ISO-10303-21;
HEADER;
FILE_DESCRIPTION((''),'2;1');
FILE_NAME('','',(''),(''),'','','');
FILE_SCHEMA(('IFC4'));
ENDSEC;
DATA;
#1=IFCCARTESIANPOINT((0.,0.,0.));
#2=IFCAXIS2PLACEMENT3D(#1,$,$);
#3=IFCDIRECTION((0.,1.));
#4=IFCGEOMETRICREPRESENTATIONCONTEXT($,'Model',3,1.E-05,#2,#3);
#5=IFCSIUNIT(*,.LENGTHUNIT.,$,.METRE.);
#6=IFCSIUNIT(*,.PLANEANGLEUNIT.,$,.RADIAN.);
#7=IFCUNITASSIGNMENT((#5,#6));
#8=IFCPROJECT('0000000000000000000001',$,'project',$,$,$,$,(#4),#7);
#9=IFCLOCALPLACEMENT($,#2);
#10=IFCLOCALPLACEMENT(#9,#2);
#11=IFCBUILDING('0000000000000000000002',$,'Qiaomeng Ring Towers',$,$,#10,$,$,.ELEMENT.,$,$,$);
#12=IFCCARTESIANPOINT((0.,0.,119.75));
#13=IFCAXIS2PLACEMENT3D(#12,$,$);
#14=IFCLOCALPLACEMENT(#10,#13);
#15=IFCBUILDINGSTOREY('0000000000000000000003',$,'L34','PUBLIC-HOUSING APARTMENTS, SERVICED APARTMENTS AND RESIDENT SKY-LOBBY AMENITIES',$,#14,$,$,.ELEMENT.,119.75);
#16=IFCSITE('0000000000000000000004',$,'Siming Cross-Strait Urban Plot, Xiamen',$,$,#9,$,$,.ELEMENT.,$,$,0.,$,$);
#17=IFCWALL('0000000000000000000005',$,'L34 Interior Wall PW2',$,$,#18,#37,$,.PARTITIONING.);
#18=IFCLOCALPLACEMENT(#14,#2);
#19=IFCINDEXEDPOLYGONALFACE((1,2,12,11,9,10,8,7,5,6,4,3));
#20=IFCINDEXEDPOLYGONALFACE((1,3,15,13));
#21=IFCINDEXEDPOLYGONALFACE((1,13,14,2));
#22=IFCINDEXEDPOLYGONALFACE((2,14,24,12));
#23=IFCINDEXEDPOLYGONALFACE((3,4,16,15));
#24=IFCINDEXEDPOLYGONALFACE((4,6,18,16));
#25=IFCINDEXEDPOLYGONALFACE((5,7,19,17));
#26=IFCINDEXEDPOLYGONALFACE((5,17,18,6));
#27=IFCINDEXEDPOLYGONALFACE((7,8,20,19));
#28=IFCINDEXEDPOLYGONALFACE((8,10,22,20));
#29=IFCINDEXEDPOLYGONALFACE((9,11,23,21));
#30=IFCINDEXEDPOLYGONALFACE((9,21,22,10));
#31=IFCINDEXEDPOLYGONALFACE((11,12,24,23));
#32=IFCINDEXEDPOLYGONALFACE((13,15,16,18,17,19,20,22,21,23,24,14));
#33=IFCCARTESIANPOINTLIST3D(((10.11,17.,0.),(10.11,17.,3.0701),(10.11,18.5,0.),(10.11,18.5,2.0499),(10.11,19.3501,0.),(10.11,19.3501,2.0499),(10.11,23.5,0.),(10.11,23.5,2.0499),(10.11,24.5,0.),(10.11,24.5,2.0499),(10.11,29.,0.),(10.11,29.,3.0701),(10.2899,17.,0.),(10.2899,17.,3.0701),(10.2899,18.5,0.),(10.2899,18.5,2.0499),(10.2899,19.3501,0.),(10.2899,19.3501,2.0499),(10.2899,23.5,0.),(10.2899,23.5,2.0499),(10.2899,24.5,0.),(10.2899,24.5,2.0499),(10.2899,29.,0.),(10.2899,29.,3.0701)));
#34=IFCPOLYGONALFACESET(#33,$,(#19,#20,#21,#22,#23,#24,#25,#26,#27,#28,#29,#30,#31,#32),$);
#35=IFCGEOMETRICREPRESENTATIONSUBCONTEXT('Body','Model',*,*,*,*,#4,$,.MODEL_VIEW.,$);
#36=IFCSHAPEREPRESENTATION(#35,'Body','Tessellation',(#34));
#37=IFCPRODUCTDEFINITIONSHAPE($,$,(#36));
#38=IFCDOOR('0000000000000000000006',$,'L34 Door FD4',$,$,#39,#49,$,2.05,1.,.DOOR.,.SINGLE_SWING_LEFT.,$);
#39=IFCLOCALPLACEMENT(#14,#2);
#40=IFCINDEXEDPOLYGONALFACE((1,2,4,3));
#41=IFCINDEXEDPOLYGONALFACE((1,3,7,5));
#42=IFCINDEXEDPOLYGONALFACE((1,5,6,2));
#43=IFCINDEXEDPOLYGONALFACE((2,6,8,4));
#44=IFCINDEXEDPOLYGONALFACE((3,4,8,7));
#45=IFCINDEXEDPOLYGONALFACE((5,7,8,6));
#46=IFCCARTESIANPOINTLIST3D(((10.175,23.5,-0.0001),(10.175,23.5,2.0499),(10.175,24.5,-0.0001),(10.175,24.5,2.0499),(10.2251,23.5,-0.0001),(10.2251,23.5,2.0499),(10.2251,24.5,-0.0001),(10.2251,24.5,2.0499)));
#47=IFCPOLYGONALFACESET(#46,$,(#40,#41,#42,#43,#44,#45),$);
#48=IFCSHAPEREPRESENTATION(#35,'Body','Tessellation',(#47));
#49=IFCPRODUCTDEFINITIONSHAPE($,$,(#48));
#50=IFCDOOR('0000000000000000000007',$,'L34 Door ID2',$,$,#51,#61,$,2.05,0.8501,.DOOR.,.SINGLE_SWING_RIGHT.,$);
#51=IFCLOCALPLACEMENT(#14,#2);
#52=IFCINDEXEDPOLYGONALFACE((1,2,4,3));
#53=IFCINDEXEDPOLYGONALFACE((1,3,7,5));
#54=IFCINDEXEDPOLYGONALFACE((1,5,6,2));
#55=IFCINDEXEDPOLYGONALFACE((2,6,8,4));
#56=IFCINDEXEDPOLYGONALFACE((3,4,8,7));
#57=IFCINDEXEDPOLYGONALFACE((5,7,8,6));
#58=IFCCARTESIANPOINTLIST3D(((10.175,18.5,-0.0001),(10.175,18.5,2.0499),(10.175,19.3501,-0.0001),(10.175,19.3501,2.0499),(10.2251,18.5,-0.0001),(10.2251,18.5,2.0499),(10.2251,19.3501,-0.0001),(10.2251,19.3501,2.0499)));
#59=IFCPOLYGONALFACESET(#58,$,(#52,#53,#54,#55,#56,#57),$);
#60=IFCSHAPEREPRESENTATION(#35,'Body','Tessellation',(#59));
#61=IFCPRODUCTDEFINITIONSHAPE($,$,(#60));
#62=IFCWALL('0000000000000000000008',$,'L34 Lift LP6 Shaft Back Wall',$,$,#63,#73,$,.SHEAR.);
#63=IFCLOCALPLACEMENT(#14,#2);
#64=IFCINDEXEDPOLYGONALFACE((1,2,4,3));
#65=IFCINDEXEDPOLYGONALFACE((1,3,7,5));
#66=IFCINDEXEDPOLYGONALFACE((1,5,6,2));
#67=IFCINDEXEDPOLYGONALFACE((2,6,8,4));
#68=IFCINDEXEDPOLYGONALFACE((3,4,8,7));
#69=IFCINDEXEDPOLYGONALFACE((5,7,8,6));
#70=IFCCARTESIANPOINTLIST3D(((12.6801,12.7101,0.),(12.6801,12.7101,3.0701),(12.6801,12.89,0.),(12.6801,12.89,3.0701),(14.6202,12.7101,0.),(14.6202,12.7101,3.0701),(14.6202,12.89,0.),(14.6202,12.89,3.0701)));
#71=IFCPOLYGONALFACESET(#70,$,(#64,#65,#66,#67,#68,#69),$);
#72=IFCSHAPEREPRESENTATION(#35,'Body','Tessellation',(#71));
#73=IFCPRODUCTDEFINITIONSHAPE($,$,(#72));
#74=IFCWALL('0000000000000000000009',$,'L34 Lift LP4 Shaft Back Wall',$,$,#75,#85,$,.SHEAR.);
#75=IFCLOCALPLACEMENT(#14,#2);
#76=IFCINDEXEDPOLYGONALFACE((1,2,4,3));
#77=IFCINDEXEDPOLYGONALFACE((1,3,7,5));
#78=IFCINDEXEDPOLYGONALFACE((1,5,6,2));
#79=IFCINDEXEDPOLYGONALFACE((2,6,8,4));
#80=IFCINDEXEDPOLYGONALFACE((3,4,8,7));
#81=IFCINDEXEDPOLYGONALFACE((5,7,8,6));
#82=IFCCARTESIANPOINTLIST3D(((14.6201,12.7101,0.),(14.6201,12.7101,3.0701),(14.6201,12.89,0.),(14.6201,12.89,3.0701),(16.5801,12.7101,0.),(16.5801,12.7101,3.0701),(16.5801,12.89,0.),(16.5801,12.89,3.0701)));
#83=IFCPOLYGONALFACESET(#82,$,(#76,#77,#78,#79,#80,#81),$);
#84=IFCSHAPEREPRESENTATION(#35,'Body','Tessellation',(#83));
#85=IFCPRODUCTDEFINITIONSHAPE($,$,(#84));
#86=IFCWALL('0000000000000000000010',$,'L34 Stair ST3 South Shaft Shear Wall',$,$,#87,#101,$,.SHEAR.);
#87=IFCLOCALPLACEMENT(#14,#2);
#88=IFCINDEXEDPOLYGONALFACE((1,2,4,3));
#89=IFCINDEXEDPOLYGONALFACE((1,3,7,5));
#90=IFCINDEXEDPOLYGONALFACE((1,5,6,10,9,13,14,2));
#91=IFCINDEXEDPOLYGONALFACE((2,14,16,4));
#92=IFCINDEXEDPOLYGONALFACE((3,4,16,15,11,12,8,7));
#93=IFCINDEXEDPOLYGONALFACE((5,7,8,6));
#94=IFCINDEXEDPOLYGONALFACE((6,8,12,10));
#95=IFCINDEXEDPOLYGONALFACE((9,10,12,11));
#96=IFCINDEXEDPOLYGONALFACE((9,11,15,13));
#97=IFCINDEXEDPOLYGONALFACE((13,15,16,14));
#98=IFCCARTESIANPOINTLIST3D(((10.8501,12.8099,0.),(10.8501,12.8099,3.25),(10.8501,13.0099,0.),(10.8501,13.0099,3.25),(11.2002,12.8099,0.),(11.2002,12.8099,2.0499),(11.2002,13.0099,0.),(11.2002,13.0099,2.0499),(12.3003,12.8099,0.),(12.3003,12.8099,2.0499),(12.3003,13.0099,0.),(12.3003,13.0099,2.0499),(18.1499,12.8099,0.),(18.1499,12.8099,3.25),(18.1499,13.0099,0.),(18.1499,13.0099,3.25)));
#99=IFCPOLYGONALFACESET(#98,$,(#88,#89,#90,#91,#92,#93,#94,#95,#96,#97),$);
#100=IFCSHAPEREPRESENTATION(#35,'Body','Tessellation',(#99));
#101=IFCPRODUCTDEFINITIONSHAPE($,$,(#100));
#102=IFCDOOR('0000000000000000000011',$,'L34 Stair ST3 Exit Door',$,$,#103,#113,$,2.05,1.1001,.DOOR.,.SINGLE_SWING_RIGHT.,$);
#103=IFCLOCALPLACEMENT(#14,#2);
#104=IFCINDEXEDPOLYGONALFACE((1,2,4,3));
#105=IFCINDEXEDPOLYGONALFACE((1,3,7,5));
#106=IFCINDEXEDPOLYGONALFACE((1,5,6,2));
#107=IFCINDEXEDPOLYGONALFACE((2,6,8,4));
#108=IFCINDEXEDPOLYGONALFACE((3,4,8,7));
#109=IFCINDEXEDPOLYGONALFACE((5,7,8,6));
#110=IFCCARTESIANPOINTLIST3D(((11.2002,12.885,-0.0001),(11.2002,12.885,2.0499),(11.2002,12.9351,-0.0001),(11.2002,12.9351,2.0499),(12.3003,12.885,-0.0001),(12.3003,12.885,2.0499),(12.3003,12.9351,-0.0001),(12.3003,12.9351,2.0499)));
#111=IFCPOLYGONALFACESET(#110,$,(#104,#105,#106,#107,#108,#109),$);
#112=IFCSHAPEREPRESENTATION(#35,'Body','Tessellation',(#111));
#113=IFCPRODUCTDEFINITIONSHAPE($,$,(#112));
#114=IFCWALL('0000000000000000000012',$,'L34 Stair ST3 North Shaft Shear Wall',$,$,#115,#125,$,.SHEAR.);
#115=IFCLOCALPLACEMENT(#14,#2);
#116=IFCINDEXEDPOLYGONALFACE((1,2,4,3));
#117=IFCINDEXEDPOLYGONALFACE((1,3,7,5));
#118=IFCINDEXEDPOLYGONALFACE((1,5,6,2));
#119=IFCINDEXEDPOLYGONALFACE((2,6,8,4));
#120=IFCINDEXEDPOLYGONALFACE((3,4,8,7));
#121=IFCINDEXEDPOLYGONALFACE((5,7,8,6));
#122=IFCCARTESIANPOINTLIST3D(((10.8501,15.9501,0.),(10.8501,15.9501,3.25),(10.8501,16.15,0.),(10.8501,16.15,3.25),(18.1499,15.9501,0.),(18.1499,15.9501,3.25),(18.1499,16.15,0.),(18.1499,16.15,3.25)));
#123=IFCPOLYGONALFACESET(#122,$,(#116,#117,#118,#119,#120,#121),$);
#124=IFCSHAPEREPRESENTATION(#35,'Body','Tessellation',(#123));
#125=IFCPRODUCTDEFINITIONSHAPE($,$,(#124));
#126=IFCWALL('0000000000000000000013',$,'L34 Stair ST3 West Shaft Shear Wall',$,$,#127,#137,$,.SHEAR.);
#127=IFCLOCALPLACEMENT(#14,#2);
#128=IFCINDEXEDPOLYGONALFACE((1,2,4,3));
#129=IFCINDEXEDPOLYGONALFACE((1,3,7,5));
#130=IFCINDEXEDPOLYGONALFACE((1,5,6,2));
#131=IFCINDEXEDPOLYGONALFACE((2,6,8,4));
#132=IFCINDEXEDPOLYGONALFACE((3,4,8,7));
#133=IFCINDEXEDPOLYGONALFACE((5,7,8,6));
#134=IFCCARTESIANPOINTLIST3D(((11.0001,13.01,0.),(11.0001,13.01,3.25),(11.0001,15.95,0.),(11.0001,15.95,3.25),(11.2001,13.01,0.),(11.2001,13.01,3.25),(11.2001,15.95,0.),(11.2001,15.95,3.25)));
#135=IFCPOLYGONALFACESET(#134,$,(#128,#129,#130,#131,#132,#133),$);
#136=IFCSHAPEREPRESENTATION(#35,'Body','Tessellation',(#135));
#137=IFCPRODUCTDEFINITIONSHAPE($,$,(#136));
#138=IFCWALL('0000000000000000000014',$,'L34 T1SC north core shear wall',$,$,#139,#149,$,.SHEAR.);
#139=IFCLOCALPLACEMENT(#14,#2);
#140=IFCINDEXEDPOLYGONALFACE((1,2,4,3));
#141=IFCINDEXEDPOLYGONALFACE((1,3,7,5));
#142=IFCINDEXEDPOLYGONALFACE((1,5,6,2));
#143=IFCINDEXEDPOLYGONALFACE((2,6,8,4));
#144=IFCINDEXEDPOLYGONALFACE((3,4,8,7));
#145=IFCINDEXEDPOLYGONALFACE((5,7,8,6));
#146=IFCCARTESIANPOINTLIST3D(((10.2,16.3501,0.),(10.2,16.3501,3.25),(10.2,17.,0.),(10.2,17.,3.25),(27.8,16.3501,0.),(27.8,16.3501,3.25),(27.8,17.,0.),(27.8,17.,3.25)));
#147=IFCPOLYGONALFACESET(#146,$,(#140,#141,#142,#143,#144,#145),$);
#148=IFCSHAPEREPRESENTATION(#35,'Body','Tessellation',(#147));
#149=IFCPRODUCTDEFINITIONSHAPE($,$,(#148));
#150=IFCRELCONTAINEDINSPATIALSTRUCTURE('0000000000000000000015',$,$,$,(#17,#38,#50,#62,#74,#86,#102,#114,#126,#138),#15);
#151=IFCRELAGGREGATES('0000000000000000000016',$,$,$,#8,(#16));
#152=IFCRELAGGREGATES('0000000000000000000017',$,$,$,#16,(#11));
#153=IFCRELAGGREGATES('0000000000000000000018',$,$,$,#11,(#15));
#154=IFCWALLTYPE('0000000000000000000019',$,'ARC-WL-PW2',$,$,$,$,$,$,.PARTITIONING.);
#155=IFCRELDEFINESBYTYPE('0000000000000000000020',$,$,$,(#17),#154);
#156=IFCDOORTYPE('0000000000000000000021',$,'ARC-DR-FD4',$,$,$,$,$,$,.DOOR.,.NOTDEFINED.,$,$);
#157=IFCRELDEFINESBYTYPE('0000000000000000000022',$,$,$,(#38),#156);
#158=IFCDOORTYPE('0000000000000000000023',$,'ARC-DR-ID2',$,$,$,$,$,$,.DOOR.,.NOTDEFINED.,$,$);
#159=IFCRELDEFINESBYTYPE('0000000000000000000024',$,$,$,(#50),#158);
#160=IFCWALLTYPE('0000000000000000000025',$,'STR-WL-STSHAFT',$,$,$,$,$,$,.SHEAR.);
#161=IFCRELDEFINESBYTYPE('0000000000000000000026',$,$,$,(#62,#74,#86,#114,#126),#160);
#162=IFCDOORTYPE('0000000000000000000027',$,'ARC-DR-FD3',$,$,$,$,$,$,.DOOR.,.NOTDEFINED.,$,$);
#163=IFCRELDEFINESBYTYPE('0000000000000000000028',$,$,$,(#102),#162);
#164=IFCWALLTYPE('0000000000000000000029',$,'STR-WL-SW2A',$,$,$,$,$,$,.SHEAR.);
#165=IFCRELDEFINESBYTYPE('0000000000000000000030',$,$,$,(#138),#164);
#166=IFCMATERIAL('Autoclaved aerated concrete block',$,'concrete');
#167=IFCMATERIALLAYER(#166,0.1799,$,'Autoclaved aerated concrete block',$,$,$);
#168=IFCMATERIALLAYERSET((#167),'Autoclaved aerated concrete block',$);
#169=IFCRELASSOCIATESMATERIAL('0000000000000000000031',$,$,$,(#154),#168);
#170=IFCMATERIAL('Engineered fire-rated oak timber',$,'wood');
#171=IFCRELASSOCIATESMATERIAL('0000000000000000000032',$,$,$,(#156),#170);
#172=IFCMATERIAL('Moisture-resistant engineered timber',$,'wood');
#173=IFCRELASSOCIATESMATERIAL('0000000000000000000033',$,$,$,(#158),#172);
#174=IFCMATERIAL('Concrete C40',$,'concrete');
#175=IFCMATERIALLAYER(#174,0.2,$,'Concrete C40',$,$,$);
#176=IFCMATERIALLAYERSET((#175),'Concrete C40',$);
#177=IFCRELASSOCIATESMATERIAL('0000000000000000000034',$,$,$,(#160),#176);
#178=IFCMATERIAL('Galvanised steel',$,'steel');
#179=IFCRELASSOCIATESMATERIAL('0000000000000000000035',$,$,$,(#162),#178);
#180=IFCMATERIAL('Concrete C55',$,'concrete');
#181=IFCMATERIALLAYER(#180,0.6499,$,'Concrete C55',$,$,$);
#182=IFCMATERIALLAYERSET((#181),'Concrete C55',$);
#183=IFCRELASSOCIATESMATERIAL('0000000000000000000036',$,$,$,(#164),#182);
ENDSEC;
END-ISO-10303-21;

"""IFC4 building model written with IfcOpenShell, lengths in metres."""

from ifc_helpers import new_model, si_unit, direction, frame, frame_2d, origin, place, context, subcontext, project, spatial, rectangle, extrude, source, transform, mapped, material, layer, layer_set, type_object, element, fill, save


model = new_model("IFC4")

# Units and contexts
model_context = context("Model", 3, precision=1e-05, world=origin(), true_north=direction((0.0, 1.0)))
body_context = subcontext(model_context, "Body", "Model", "MODEL_VIEW")
ifc_project = project(units=[si_unit("LENGTHUNIT", "METRE"), si_unit("PLANEANGLEUNIT", "RADIAN")], contexts=[model_context])

# Site, building, storey
site_placement = place(None, origin())
site = spatial("IfcSite", under=ifc_project, at=site_placement, Name="Siming Cross-Strait Urban Plot, Xiamen", CompositionType="ELEMENT", RefElevation=0.0)
building_placement = place(site_placement, origin())
building = spatial("IfcBuilding", under=site, at=building_placement, Name="Qiaomeng Ring Towers", CompositionType="ELEMENT")
storey_placement = place(building_placement, frame((0.0, 0.0, 119.75)))
storey = spatial("IfcBuildingStorey", under=building, at=storey_placement, Name="L34", Description="PUBLIC-HOUSING APARTMENTS, SERVICED APARTMENTS AND RESIDENT SKY-LOBBY AMENITIES", CompositionType="ELEMENT", Elevation=119.75)

# Shared definitions
ifc_material_1 = material(Name="Concrete C55", Category="concrete")

# Shared definitions
ifc_material_2 = material(Name="Autoclaved aerated concrete block", Category="concrete")

# Wall, openings, doors
ifc_layer_1 = layer(ifc_material_2, 0.1799, Name="Autoclaved aerated concrete block")
ifc_layer_set_1 = layer_set([ifc_layer_1], Name="Autoclaved aerated concrete block")
wall_type_1 = type_object("IfcWallType", Name="ARC-WL-PW2", PredefinedType="PARTITIONING", material=ifc_layer_set_1)
wall_1_placement = place(storey_placement, frame((10.2, 17.0, 0.0), z_axis=(0.0, 0.0, 1.0), x_axis=(0.0, 1.0, 0.0)))
wall_1 = element("IfcWall", 1, at=wall_1_placement, inside=storey, type_object=wall_type_1, Name="L34 Interior Wall PW2", PredefinedType="PARTITIONING", context=body_context, shape_type="SweptSolid", body=[
    extrude(rectangle(XDim=12.0, YDim=0.1799, at=frame_2d((6.0, 0.0))), origin(), (0.0, 0.0, 1.0), 3.0701),
])
opening_1_placement = place(wall_1_placement, frame((1.5, 0.0, 0.0)))
opening_1 = element("IfcOpeningElement", 2, at=opening_1_placement, cuts=wall_1, PredefinedType="OPENING", context=body_context, shape_type="SweptSolid", body=[
    extrude(rectangle(XDim=0.8501, YDim=2.05, at=frame_2d((0.425, 1.0249))), frame((0.0, 0.0999, 0.0), z_axis=(0.0, -1.0, 0.0), x_axis=(1.0, 0.0, 0.0)), (0.0, 0.0, 1.0), 0.2),
])
opening_2_placement = place(wall_1_placement, frame((6.5, 0.0, 0.0)))
opening_2 = element("IfcOpeningElement", 3, at=opening_2_placement, cuts=wall_1, PredefinedType="OPENING", context=body_context, shape_type="SweptSolid", body=[
    extrude(rectangle(XDim=1.0, YDim=2.05, at=frame_2d((0.5, 1.0249))), frame((0.0, 0.0999, 0.0), z_axis=(0.0, -1.0, 0.0), x_axis=(1.0, 0.0, 0.0)), (0.0, 0.0, 1.0), 0.2),
])
ifc_material_3 = material(Name="Engineered fire-rated oak timber", Category="wood")
door_type_1 = type_object("IfcDoorType", Name="ARC-DR-FD4", OperationType="NOTDEFINED", PredefinedType="DOOR", material=ifc_material_3)
shared_shape_1 = source(origin(), body_context, "Body", "SweptSolid", [
    extrude(rectangle(XDim=1.0, YDim=2.05, at=frame_2d((0.5, 1.0249))), frame((0.0, 0.0249, 0.0), z_axis=(0.0, -1.0, 0.0), x_axis=(1.0, 0.0, 0.0)), (0.0, 0.0, 1.0), 0.05),
])
door_1_placement = place(opening_2_placement, origin())
door_1 = element("IfcDoor", 4, at=door_1_placement, inside=storey, type_object=door_type_1, Name="L34 Door FD4", OperationType="SINGLE_SWING_LEFT", OverallHeight=2.05, OverallWidth=1.0, PredefinedType="DOOR", context=body_context, shape_type="MappedRepresentation", body=[
    mapped(shared_shape_1, transform((0.0, 0.0, 0.0), x_axis=(1.0, 0.0, 0.0), y_axis=(0.0, 1.0, 0.0), z_axis=(0.0, 0.0, 1.0), scale=1.0)),
])
fill(opening_2, door_1)
ifc_material_4 = material(Name="Moisture-resistant engineered timber", Category="wood")
door_type_2 = type_object("IfcDoorType", Name="ARC-DR-ID2", OperationType="NOTDEFINED", PredefinedType="DOOR", material=ifc_material_4)
shared_shape_2 = source(origin(), body_context, "Body", "SweptSolid", [
    extrude(rectangle(XDim=0.8501, YDim=2.05, at=frame_2d((0.425, 1.0249))), frame((0.0, 0.0249, 0.0), z_axis=(0.0, -1.0, 0.0), x_axis=(1.0, 0.0, 0.0)), (0.0, 0.0, 1.0), 0.05),
])
door_2_placement = place(opening_1_placement, origin())
door_2 = element("IfcDoor", 5, at=door_2_placement, inside=storey, type_object=door_type_2, Name="L34 Door ID2", OperationType="SINGLE_SWING_RIGHT", OverallHeight=2.05, OverallWidth=0.8501, PredefinedType="DOOR", context=body_context, shape_type="MappedRepresentation", body=[
    mapped(shared_shape_2, transform((0.0, 0.0, 0.0), x_axis=(1.0, 0.0, 0.0), y_axis=(0.0, 1.0, 0.0), z_axis=(0.0, 0.0, 1.0), scale=1.0)),
])
fill(opening_1, door_2)

# Walls
ifc_material_5 = material(Name="Concrete C40", Category="concrete")
ifc_layer_2 = layer(ifc_material_5, 0.2, Name="Concrete C40")
ifc_layer_set_2 = layer_set([ifc_layer_2], Name="Concrete C40")
wall_type_2 = type_object("IfcWallType", Name="STR-WL-STSHAFT", PredefinedType="SHEAR", material=ifc_layer_set_2)
wall_2_placement = place(storey_placement, frame((12.6799, 12.8, 0.0), z_axis=(0.0, 0.0, 1.0), x_axis=(1.0, 0.0, 0.0)))
element("IfcWall", 6, at=wall_2_placement, inside=storey, type_object=wall_type_2, Name="L34 Lift LP6 Shaft Back Wall", PredefinedType="SHEAR", context=body_context, shape_type="SweptSolid", body=[
    extrude(rectangle(XDim=1.9402, YDim=0.1799, at=frame_2d((0.9702, 0.0))), origin(), (0.0, 0.0, 1.0), 3.0701),
])
wall_3_placement = place(storey_placement, frame((14.6201, 12.8, 0.0), z_axis=(0.0, 0.0, 1.0), x_axis=(1.0, 0.0, 0.0)))
element("IfcWall", 7, at=wall_3_placement, inside=storey, type_object=wall_type_2, Name="L34 Lift LP4 Shaft Back Wall", PredefinedType="SHEAR", context=body_context, shape_type="SweptSolid", body=[
    extrude(rectangle(XDim=1.96, YDim=0.1799, at=frame_2d((0.98, 0.0))), origin(), (0.0, 0.0, 1.0), 3.0701),
])

# Wall, opening, door
wall_4_placement = place(storey_placement, frame((10.8501, 12.9099, 0.0), z_axis=(0.0, 0.0, 1.0), x_axis=(1.0, 0.0, 0.0)))
wall_4 = element("IfcWall", 8, at=wall_4_placement, inside=storey, type_object=wall_type_2, Name="L34 Stair ST3 South Shaft Shear Wall", PredefinedType="SHEAR", context=body_context, shape_type="SweptSolid", body=[
    extrude(rectangle(XDim=7.2998, YDim=0.2, at=frame_2d((3.6499, 0.0))), origin(), (0.0, 0.0, 1.0), 3.25),
])
opening_3_placement = place(wall_4_placement, frame((0.3501, 0.0, 0.0)))
opening_3 = element("IfcOpeningElement", 9, at=opening_3_placement, cuts=wall_4, PredefinedType="OPENING", context=body_context, shape_type="SweptSolid", body=[
    extrude(rectangle(XDim=1.1001, YDim=2.05, at=frame_2d((0.55, 1.0249))), frame((0.0, 0.1099, 0.0), z_axis=(0.0, -1.0, 0.0), x_axis=(1.0, 0.0, 0.0)), (0.0, 0.0, 1.0), 0.22),
])
ifc_material_6 = material(Name="Galvanised steel", Category="steel")
door_type_3 = type_object("IfcDoorType", Name="ARC-DR-FD3", OperationType="NOTDEFINED", PredefinedType="DOOR", material=ifc_material_6)
shared_shape_3 = source(origin(), body_context, "Body", "SweptSolid", [
    extrude(rectangle(XDim=1.1001, YDim=2.05, at=frame_2d((0.55, 1.0249))), frame((0.0, 0.0249, 0.0), z_axis=(0.0, -1.0, 0.0), x_axis=(1.0, 0.0, 0.0)), (0.0, 0.0, 1.0), 0.05),
])
door_3_placement = place(opening_3_placement, frame((1.1001, 0.0, 0.0), z_axis=(0.0, 0.0, 1.0), x_axis=(-1.0, 0.0, 0.0)))
door_3 = element("IfcDoor", 10, at=door_3_placement, inside=storey, type_object=door_type_3, Name="L34 Stair ST3 Exit Door", OperationType="SINGLE_SWING_RIGHT", OverallHeight=2.05, OverallWidth=1.1001, PredefinedType="DOOR", context=body_context, shape_type="MappedRepresentation", body=[
    mapped(shared_shape_3, transform((0.0, 0.0, 0.0), x_axis=(1.0, 0.0, 0.0), y_axis=(0.0, 1.0, 0.0), z_axis=(0.0, 0.0, 1.0), scale=1.0)),
])
fill(opening_3, door_3)

# Walls
wall_5_placement = place(storey_placement, frame((10.8501, 16.05, 0.0), z_axis=(0.0, 0.0, 1.0), x_axis=(1.0, 0.0, 0.0)))
element("IfcWall", 11, at=wall_5_placement, inside=storey, type_object=wall_type_2, Name="L34 Stair ST3 North Shaft Shear Wall", PredefinedType="SHEAR", context=body_context, shape_type="SweptSolid", body=[
    extrude(rectangle(XDim=7.2998, YDim=0.2, at=frame_2d((3.6499, 0.0))), origin(), (0.0, 0.0, 1.0), 3.25),
])
wall_6_placement = place(storey_placement, frame((11.1001, 13.01, 0.0), z_axis=(0.0, 0.0, 1.0), x_axis=(0.0, 1.0, 0.0)))
element("IfcWall", 12, at=wall_6_placement, inside=storey, type_object=wall_type_2, Name="L34 Stair ST3 West Shaft Shear Wall", PredefinedType="SHEAR", context=body_context, shape_type="SweptSolid", body=[
    extrude(rectangle(XDim=2.9399, YDim=0.2, at=frame_2d((1.47, 0.0))), origin(), (0.0, 0.0, 1.0), 3.25),
])
ifc_layer_3 = layer(ifc_material_1, 0.6499, Name="Concrete C55")
ifc_layer_set_3 = layer_set([ifc_layer_3], Name="Concrete C55")
wall_type_3 = type_object("IfcWallType", Name="STR-WL-SW2A", PredefinedType="SHEAR", material=ifc_layer_set_3)
wall_7_placement = place(storey_placement, frame((10.2, 16.675, 0.0), z_axis=(0.0, 0.0, 1.0), x_axis=(1.0, 0.0, 0.0)))
element("IfcWall", 13, at=wall_7_placement, inside=storey, type_object=wall_type_3, Name="L34 T1SC north core shear wall", PredefinedType="SHEAR", context=body_context, shape_type="SweptSolid", body=[
    extrude(rectangle(XDim=17.6001, YDim=0.6499, at=frame_2d((8.8, 0.0))), origin(), (0.0, 0.0, 1.0), 3.25),
])

save(model, "model.ifc")
